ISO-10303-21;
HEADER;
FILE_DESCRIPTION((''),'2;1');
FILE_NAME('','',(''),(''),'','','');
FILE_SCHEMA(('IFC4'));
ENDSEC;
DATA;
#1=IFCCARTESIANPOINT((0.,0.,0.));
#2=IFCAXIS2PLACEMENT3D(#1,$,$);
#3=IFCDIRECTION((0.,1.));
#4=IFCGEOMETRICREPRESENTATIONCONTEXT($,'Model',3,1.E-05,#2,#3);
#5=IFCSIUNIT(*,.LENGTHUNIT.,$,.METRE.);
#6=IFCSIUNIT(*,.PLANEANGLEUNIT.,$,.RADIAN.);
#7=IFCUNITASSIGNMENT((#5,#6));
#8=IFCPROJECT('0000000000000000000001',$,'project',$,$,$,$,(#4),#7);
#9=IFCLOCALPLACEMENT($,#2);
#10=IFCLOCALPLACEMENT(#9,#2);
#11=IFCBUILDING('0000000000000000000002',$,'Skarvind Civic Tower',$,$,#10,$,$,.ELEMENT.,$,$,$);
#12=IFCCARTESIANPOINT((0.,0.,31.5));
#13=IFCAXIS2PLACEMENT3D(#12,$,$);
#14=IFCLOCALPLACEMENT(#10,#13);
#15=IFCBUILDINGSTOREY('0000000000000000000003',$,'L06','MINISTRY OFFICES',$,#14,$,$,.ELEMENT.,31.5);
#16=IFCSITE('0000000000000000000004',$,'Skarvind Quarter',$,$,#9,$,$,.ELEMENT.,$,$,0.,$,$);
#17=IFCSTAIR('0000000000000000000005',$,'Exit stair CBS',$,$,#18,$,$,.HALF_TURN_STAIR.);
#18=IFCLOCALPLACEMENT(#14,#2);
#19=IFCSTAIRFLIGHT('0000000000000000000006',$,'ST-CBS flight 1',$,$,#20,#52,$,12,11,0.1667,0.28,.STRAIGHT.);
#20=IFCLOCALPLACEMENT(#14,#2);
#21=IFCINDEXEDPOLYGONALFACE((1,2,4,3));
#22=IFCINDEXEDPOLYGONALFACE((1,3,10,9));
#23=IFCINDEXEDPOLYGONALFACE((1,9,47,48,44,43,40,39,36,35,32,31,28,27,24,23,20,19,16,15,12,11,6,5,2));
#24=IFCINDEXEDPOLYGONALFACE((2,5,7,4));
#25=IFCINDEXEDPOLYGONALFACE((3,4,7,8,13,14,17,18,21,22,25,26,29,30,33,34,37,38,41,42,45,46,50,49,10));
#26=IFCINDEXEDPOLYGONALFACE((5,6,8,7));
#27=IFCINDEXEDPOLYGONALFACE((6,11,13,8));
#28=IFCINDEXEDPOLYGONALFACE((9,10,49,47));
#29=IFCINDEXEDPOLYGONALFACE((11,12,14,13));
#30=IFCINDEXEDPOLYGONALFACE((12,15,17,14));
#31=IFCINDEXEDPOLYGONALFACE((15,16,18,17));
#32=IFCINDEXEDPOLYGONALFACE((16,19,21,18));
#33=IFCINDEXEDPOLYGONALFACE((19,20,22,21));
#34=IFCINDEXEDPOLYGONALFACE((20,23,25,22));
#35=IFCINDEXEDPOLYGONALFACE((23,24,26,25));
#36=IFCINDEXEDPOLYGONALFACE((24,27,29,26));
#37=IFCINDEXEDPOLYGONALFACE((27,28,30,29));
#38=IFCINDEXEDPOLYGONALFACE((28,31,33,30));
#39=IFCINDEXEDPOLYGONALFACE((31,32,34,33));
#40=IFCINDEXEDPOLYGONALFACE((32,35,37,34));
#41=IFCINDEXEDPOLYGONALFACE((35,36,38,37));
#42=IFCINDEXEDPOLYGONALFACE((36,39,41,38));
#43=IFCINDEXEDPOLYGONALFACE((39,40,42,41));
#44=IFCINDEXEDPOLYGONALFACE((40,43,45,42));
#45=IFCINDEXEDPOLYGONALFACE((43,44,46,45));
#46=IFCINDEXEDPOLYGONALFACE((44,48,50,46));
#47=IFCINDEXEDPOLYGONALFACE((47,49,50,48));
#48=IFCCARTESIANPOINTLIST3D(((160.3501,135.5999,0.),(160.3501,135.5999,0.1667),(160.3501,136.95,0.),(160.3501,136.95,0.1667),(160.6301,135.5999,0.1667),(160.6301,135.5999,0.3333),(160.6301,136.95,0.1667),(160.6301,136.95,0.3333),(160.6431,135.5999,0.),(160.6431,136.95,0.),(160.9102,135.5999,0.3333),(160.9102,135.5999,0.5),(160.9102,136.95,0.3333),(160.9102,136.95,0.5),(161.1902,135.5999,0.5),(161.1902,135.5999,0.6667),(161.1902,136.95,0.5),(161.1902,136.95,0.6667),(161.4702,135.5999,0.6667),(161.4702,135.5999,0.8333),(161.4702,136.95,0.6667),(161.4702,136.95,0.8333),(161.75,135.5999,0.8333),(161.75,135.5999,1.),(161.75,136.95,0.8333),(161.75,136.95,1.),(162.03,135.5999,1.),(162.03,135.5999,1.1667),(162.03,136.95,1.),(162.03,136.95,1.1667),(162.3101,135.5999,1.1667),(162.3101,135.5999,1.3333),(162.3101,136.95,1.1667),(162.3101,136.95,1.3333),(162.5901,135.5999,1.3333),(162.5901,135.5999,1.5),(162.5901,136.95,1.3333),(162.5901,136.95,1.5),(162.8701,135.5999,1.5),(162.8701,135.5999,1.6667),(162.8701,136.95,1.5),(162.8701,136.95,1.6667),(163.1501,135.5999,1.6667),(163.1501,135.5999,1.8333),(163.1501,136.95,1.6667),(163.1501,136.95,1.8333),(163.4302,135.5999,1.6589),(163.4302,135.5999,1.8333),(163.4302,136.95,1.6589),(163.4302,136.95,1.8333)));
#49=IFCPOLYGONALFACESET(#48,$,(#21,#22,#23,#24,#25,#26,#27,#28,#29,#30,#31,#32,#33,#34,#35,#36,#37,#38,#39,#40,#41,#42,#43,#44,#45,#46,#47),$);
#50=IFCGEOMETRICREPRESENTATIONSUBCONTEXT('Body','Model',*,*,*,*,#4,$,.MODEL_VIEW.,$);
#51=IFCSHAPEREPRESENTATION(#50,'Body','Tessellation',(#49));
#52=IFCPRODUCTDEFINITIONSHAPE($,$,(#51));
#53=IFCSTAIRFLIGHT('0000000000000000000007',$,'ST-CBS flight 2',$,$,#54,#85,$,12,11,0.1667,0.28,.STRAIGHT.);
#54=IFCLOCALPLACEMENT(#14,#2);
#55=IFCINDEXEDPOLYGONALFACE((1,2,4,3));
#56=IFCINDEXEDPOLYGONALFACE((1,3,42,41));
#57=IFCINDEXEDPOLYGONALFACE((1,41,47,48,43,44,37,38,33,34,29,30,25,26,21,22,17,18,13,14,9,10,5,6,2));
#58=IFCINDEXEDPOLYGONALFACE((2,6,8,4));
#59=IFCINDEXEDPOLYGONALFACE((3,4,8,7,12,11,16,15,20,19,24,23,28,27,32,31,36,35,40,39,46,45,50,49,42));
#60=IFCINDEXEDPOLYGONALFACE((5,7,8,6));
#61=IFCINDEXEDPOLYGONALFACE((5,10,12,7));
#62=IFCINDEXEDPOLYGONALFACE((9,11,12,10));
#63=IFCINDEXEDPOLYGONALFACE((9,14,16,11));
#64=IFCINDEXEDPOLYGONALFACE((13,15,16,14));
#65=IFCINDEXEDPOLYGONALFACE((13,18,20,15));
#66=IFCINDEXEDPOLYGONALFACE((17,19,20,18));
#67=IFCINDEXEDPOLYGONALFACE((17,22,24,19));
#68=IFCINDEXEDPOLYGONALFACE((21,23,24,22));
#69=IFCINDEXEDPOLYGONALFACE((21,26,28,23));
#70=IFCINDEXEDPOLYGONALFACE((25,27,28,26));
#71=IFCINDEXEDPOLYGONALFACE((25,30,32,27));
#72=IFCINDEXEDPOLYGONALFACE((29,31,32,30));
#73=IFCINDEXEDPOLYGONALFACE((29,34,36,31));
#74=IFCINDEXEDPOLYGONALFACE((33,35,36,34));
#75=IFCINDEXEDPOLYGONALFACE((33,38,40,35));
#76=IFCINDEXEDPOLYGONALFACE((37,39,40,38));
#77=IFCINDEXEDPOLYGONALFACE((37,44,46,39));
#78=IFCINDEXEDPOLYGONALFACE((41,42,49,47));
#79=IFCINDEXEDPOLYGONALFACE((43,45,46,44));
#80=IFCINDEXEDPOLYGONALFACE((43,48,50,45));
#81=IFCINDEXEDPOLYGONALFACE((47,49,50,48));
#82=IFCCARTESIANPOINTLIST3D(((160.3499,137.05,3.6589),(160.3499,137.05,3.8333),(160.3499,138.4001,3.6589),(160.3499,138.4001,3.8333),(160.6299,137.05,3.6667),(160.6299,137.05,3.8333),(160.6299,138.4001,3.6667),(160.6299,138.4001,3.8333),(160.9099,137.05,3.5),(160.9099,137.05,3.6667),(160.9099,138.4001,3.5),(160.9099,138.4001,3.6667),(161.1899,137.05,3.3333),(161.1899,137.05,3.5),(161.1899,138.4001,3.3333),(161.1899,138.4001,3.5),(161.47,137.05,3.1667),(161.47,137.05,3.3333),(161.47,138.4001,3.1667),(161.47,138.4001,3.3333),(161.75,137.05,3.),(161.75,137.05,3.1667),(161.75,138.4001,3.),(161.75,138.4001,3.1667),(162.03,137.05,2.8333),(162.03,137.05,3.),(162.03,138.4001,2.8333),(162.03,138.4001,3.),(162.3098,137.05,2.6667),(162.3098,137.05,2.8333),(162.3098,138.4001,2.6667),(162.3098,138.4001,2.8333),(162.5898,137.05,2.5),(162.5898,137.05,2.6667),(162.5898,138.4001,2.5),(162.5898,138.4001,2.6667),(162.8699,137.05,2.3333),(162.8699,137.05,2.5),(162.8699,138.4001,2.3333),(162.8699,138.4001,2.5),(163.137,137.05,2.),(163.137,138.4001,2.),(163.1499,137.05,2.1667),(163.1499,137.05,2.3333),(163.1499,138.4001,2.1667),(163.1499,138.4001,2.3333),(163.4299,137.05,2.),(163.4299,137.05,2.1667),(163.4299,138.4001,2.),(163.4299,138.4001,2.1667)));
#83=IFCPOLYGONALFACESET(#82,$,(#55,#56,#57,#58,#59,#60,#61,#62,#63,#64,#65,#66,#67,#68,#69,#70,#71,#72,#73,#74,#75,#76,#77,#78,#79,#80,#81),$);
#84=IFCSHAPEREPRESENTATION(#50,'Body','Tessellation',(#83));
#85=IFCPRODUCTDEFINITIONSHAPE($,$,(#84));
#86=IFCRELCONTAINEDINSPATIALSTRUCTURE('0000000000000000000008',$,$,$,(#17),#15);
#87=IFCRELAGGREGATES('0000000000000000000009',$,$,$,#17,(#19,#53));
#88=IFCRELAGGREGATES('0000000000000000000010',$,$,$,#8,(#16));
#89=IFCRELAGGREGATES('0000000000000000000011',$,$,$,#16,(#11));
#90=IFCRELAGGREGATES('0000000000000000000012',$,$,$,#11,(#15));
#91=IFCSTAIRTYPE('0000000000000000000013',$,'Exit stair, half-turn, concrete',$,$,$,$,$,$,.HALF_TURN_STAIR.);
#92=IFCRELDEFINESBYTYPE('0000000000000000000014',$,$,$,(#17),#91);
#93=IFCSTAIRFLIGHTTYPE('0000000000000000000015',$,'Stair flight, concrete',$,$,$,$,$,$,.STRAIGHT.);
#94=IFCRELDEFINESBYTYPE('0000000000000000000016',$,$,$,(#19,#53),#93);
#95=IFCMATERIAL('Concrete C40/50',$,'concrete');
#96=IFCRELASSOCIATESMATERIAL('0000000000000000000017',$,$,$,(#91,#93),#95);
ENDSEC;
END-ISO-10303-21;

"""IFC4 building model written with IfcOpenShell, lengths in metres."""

from ifc_helpers import new_model, si_unit, direction, frame, origin, place, context, subcontext, project, spatial, polyline, outline, extrude, material, type_object, element, aggregate, save


model = new_model("IFC4")

# Units and contexts
model_context = context("Model", 3, precision=1e-05, world=origin(), true_north=direction((0.0, 1.0)))
body_context = subcontext(model_context, "Body", "Model", "MODEL_VIEW")
ifc_project = project(units=[si_unit("LENGTHUNIT", "METRE"), si_unit("PLANEANGLEUNIT", "RADIAN")], contexts=[model_context])

# Site, building, storey
site_placement = place(None, origin())
site = spatial("IfcSite", under=ifc_project, at=site_placement, Name="Skarvind Quarter", CompositionType="ELEMENT", RefElevation=0.0)
building_placement = place(site_placement, origin())
building = spatial("IfcBuilding", under=site, at=building_placement, Name="Skarvind Civic Tower", CompositionType="ELEMENT")
storey_placement = place(building_placement, frame((0.0, 0.0, 31.5)))
storey = spatial("IfcBuildingStorey", under=building, at=storey_placement, Name="L06", Description="MINISTRY OFFICES", CompositionType="ELEMENT", Elevation=31.5)

# Stair, stair flights
ifc_material_1 = material(Name="Concrete C40/50", Category="concrete")
stair_type = type_object("IfcStairType", Name="Exit stair, half-turn, concrete", PredefinedType="HALF_TURN_STAIR", material=ifc_material_1)
stair_placement = place(storey_placement, origin())
stair = element("IfcStair", 1, at=stair_placement, inside=storey, type_object=stair_type, Name="Exit stair CBS", PredefinedType="HALF_TURN_STAIR")
stair_flight_type = type_object("IfcStairFlightType", Name="Stair flight, concrete", PredefinedType="STRAIGHT", material=ifc_material_1)
stair_flight_1_placement = place(storey_placement, frame((160.3501, 136.2749, 0.0), z_axis=(0.0, 0.0, 1.0), x_axis=(1.0, 0.0, 0.0)))
stair_flight_1 = element("IfcStairFlight", 2, at=stair_flight_1_placement, type_object=stair_flight_type, Name="ST-CBS flight 1", NumberOfRisers=12, NumberOfTreads=11, PredefinedType="STRAIGHT", RiserHeight=0.1667, TreadLength=0.28, context=body_context, shape_type="SweptSolid", body=[
    extrude(outline(polyline([(0.0, 0.0), (0.0, 0.1667), (0.28, 0.1667), (0.28, 0.3333), (0.5601, 0.3333), (0.5601, 0.5), (0.8401, 0.5), (0.8401, 0.6667), (1.1201, 0.6667), (1.1201, 0.8333), (1.3999, 0.8333), (1.3999, 1.0), (1.6799, 1.0), (1.6799, 1.1667), (1.96, 1.1667), (1.96, 1.3333), (2.24, 1.3333), (2.24, 1.5), (2.52, 1.5), (2.52, 1.6667), (2.8, 1.6667), (2.8, 1.8333), (3.0801, 1.8333), (3.0801, 2.0), (3.0801, 1.6589), (0.293, 0.0), (0.0, 0.0)])), frame((0.0, 0.675, 0.0), z_axis=(0.0, -1.0, 0.0), x_axis=(1.0, 0.0, 0.0)), (0.0, 0.0, 1.0), 1.3501),
])
stair_flight_2_placement = place(storey_placement, frame((163.4299, 137.7251, 2.0), z_axis=(0.0, 0.0, 1.0), x_axis=(-1.0, 0.0, 0.0)))
stair_flight_2 = element("IfcStairFlight", 3, at=stair_flight_2_placement, type_object=stair_flight_type, Name="ST-CBS flight 2", NumberOfRisers=12, NumberOfTreads=11, PredefinedType="STRAIGHT", RiserHeight=0.1667, TreadLength=0.28, context=body_context, shape_type="SweptSolid", body=[
    extrude(outline(polyline([(0.0, 0.0), (0.0, 0.1667), (0.28, 0.1667), (0.28, 0.3333), (0.5601, 0.3333), (0.5601, 0.5), (0.8401, 0.5), (0.8401, 0.6667), (1.1201, 0.6667), (1.1201, 0.8333), (1.3999, 0.8333), (1.3999, 1.0), (1.6799, 1.0), (1.6799, 1.1667), (1.96, 1.1667), (1.96, 1.3333), (2.24, 1.3333), (2.24, 1.5), (2.52, 1.5), (2.52, 1.6667), (2.8, 1.6667), (2.8, 1.8333), (3.0801, 1.8333), (3.0801, 2.0), (3.0801, 1.6589), (0.293, 0.0), (0.0, 0.0)])), frame((0.0, 0.675, 0.0), z_axis=(0.0, -1.0, 0.0), x_axis=(1.0, 0.0, 0.0)), (0.0, 0.0, 1.0), 1.3501),
])
aggregate(stair, [stair_flight_1, stair_flight_2])

save(model, "model.ifc")
